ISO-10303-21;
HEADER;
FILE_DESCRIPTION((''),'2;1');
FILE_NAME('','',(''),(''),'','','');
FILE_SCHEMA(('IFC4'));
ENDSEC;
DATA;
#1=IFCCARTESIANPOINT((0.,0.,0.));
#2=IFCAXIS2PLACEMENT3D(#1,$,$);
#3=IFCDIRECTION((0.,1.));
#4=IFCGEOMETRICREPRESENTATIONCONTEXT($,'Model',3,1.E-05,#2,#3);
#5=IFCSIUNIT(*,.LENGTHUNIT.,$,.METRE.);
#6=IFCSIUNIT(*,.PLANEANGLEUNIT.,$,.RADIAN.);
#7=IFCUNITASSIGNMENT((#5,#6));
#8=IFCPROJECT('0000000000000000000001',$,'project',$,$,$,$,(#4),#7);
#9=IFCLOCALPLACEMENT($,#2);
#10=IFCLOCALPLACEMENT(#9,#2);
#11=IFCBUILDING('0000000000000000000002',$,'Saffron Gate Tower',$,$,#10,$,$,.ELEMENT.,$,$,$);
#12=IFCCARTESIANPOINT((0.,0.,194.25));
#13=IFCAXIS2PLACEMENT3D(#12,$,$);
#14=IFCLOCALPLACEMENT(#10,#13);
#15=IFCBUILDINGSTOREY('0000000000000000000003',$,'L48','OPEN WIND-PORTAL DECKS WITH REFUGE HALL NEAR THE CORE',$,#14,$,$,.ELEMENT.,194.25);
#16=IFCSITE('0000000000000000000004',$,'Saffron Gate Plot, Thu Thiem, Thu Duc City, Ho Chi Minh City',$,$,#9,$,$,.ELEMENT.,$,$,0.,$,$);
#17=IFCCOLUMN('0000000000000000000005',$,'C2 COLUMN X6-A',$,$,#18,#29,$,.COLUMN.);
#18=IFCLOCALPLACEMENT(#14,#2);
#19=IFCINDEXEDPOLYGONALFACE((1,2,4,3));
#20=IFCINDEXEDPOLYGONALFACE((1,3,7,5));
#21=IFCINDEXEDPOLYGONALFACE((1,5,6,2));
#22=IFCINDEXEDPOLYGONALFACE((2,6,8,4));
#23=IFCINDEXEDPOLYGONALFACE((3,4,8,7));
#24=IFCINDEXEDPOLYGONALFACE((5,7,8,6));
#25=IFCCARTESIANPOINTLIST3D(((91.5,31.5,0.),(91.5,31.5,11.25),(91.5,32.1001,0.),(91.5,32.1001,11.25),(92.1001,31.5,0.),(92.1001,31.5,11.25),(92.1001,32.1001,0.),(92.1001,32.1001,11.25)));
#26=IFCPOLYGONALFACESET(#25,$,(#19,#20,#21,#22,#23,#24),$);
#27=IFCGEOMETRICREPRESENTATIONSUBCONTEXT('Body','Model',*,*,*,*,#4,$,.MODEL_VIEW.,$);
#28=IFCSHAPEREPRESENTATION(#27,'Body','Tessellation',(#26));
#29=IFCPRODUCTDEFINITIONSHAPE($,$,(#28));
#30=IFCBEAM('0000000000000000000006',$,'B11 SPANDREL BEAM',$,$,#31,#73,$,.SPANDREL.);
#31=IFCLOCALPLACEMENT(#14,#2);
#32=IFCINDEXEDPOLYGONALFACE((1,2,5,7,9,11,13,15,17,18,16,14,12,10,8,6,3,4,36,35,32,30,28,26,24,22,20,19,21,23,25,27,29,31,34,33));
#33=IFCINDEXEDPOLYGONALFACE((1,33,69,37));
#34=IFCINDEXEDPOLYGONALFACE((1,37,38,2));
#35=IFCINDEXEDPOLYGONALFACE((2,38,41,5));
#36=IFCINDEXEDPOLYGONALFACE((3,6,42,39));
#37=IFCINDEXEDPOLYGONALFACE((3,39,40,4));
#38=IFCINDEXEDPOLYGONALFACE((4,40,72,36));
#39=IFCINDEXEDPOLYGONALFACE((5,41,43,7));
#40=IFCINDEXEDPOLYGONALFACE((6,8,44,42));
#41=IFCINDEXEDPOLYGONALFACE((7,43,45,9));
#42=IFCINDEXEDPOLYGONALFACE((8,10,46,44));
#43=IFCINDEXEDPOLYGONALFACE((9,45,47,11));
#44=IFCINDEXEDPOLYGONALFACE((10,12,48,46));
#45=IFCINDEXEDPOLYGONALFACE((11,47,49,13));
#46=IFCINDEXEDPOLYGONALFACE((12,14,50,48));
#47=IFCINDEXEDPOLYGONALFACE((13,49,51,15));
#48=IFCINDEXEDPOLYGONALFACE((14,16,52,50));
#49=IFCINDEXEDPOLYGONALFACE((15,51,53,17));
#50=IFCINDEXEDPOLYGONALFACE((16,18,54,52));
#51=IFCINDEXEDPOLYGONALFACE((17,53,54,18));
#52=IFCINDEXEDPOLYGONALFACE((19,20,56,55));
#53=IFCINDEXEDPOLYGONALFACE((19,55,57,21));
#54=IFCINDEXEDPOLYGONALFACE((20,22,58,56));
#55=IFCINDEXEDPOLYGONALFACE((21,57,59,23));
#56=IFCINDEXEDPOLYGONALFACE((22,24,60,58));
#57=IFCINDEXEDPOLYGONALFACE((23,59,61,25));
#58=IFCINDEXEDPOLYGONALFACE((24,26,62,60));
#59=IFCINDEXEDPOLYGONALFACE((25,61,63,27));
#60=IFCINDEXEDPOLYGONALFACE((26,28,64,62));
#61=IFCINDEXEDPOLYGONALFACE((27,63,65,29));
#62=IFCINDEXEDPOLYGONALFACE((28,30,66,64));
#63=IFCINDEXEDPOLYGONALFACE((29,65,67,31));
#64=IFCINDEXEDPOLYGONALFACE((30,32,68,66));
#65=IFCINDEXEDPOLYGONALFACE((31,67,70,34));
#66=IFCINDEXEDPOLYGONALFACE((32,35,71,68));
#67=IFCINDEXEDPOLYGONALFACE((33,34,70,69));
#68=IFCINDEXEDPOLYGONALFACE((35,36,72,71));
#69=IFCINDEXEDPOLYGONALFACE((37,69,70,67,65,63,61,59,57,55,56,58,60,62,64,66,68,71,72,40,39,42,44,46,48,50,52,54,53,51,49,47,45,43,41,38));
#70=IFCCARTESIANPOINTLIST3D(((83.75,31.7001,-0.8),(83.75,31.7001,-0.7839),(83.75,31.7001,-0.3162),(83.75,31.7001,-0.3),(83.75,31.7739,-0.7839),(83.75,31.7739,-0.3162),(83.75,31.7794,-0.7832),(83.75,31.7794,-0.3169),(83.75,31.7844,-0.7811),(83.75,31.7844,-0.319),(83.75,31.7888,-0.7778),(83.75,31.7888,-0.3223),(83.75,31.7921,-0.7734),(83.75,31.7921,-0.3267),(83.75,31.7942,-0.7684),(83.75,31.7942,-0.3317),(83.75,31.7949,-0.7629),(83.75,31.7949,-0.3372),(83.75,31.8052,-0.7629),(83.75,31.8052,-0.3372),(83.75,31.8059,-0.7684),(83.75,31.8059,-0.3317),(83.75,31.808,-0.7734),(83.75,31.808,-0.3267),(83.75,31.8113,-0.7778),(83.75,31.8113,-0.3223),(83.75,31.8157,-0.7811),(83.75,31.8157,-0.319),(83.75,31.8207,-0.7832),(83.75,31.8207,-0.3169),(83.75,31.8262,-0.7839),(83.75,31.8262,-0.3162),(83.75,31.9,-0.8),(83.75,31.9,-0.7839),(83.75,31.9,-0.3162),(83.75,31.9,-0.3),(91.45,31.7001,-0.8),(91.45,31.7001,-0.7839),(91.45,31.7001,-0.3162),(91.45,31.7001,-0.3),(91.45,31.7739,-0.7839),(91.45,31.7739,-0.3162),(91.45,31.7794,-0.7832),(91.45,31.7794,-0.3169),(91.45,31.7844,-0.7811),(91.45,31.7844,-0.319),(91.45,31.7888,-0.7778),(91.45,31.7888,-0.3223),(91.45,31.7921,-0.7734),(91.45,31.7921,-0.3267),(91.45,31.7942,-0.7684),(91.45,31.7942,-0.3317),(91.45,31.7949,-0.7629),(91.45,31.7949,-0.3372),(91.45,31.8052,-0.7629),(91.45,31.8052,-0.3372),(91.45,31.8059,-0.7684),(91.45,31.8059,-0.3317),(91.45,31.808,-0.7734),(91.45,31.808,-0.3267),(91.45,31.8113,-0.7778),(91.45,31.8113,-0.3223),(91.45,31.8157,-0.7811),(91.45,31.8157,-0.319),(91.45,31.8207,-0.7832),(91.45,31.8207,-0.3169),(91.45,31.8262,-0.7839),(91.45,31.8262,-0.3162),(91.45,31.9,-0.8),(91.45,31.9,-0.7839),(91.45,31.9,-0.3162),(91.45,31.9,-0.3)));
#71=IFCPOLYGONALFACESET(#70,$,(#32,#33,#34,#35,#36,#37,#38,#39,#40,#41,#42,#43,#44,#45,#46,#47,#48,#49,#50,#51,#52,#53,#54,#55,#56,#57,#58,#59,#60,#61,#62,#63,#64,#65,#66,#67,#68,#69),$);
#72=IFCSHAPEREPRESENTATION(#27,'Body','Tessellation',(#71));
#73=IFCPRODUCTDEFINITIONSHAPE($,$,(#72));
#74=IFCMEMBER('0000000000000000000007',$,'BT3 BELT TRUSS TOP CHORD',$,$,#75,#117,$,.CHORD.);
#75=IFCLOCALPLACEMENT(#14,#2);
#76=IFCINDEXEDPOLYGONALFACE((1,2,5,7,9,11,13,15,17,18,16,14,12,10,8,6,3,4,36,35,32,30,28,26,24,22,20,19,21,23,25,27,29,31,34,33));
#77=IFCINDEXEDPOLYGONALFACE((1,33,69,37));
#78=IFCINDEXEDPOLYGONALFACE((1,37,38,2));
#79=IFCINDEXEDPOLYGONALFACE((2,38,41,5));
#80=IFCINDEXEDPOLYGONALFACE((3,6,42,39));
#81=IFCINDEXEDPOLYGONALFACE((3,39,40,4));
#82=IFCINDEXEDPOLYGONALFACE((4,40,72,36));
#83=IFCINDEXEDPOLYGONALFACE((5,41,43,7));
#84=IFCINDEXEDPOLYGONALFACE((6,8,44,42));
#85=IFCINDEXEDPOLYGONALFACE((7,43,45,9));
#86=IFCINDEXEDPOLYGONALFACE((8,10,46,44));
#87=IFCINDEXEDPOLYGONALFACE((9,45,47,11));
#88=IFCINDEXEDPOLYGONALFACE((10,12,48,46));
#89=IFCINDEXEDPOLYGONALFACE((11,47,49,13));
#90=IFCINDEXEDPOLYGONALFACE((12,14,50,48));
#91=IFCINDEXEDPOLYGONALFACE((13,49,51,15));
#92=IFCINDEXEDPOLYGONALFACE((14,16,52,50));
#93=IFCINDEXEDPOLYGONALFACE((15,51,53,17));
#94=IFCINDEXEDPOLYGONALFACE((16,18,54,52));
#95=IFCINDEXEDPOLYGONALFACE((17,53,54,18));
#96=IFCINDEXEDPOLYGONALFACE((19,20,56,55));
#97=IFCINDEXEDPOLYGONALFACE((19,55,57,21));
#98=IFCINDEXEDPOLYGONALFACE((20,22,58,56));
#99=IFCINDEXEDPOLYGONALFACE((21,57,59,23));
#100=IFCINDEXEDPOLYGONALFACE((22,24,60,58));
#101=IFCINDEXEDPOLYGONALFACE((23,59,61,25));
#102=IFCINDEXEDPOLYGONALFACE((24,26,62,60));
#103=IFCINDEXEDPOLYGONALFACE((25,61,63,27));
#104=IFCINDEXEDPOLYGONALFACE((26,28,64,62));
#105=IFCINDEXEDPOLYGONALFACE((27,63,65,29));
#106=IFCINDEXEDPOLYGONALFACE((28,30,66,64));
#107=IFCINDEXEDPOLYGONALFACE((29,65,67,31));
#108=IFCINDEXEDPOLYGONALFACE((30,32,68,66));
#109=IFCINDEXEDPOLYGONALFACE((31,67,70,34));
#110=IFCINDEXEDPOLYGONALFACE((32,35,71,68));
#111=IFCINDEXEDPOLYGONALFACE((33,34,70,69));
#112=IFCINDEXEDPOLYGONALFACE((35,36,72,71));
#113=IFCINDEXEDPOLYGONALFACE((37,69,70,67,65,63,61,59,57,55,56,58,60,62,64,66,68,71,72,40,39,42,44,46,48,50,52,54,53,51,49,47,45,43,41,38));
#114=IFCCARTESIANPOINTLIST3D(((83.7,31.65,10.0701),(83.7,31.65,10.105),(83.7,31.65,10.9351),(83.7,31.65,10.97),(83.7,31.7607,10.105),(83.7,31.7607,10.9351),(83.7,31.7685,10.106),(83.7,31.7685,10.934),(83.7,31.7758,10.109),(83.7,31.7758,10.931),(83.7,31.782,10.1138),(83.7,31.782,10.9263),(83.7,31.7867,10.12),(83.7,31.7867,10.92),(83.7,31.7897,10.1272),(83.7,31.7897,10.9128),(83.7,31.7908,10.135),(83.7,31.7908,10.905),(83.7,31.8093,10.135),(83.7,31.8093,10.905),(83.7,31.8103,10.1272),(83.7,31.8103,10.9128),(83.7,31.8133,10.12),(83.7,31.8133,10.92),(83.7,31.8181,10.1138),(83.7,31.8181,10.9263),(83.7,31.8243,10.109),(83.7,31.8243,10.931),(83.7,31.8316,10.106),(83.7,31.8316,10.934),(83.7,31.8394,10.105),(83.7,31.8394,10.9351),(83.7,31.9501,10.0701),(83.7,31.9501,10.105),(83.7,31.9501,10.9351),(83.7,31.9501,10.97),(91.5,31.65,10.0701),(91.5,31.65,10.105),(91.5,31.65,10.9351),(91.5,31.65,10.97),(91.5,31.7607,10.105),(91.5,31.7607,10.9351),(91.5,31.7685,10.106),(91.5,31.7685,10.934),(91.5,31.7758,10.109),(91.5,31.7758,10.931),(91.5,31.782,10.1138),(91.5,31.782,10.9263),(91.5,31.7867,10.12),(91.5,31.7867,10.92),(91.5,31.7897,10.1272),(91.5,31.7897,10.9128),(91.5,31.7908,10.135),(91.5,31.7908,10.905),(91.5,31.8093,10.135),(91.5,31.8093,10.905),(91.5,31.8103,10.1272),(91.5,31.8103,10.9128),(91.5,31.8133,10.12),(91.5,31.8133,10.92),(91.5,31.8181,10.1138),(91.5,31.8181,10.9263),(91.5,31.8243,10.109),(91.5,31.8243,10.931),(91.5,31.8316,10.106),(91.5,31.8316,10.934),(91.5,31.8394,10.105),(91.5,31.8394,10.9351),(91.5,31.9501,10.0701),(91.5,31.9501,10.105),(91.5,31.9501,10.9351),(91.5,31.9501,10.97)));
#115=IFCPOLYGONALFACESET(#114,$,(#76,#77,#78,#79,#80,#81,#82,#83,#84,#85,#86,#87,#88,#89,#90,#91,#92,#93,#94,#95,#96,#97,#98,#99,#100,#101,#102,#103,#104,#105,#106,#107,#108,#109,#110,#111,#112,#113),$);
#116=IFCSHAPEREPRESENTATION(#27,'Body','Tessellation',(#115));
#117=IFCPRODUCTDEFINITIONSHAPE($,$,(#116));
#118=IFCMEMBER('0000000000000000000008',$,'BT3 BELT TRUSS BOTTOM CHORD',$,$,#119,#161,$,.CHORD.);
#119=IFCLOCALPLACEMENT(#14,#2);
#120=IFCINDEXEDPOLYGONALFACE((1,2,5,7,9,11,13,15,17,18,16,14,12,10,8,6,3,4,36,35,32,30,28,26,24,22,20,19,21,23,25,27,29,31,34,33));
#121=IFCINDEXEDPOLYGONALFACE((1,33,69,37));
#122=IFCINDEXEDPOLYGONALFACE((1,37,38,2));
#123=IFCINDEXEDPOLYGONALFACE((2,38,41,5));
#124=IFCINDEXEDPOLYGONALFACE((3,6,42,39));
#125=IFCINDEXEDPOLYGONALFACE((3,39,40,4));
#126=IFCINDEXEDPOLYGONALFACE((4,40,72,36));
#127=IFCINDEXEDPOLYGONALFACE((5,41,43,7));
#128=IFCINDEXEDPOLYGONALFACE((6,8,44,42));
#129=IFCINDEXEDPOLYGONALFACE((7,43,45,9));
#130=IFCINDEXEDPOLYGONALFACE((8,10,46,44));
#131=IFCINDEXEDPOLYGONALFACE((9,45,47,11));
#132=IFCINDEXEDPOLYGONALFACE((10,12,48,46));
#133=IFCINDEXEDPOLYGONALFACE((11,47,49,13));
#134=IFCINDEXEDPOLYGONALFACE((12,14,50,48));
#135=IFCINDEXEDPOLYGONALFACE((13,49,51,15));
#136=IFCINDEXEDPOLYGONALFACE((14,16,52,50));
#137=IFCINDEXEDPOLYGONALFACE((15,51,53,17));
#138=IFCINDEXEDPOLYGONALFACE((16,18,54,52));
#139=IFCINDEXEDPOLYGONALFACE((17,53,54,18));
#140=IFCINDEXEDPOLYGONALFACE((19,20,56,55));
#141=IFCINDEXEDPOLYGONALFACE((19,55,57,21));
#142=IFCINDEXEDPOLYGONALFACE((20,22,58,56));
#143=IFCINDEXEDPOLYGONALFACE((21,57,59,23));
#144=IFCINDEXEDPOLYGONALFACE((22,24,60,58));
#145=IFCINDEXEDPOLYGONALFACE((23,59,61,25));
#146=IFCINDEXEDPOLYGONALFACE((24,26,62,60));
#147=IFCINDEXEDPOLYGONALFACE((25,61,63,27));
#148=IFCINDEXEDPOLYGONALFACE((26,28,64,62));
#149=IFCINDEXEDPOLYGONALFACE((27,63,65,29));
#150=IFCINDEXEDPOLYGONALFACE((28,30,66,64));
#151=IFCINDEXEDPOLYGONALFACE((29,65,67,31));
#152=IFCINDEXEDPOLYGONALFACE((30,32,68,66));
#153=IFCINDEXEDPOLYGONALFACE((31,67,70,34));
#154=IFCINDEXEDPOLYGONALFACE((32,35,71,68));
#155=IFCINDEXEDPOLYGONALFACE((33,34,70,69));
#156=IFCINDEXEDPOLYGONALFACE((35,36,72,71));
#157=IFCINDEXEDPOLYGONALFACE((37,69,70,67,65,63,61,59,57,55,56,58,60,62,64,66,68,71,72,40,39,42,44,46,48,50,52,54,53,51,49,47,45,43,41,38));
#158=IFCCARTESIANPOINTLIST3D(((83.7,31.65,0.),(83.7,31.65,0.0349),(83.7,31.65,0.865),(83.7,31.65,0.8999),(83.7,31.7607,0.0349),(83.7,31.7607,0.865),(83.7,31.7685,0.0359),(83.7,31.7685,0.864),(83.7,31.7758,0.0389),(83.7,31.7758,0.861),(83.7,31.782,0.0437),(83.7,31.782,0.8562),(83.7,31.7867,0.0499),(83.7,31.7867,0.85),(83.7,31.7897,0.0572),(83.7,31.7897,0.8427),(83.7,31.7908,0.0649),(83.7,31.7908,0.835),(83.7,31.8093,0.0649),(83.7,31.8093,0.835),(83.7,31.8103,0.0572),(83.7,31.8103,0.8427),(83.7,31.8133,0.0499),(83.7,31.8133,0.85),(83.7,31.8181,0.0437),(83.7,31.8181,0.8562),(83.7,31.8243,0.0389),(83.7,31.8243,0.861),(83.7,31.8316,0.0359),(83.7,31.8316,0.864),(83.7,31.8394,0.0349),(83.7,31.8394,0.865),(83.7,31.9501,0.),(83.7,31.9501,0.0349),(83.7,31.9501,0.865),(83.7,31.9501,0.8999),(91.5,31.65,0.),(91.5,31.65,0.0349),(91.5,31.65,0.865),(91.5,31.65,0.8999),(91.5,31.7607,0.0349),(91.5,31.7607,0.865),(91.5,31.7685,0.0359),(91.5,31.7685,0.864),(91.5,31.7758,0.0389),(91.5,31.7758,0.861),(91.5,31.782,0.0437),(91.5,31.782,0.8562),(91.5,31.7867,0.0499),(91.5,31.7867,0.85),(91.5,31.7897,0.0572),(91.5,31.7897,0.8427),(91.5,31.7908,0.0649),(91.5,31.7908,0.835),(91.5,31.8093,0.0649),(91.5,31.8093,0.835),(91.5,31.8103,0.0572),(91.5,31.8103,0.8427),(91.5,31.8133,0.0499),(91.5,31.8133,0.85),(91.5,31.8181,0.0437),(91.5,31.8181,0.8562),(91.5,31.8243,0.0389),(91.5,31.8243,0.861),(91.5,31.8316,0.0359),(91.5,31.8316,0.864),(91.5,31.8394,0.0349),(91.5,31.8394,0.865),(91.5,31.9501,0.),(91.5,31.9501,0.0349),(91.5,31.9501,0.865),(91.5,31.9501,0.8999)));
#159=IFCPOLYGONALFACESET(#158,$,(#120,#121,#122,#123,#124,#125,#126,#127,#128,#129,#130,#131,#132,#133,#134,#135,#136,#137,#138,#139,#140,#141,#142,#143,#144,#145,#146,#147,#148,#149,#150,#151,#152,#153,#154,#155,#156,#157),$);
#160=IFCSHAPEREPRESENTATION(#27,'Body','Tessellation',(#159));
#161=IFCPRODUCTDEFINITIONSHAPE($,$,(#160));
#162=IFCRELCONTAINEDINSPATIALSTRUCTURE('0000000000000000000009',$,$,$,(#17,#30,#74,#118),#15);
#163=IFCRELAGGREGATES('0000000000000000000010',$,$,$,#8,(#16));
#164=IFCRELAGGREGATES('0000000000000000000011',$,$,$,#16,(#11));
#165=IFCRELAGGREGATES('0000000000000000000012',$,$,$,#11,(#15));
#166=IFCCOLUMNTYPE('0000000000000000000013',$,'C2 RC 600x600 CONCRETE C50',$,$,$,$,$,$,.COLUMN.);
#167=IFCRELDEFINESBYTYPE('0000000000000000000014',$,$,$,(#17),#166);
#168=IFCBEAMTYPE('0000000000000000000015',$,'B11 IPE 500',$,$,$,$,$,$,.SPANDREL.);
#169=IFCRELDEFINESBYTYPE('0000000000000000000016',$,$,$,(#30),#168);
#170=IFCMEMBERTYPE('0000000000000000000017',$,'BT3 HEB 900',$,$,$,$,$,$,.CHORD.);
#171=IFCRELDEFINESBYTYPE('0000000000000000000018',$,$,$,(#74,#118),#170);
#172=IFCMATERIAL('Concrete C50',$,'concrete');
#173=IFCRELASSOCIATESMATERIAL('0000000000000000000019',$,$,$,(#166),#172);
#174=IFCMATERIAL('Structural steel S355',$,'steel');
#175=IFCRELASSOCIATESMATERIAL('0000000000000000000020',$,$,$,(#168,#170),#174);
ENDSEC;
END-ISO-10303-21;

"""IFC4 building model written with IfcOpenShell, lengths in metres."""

from ifc_helpers import new_model, si_unit, direction, frame, origin, origin_2d, place, context, subcontext, project, spatial, rectangle, i_section, extrude, material, material_profile, profile_set, type_object, element, save


model = new_model("IFC4")

# Units and contexts
model_context = context("Model", 3, precision=1e-05, world=origin(), true_north=direction((0.0, 1.0)))
body_context = subcontext(model_context, "Body", "Model", "MODEL_VIEW")
ifc_project = project(units=[si_unit("LENGTHUNIT", "METRE"), si_unit("PLANEANGLEUNIT", "RADIAN")], contexts=[model_context])

# Site, building, storey
site_placement = place(None, origin())
site = spatial("IfcSite", under=ifc_project, at=site_placement, Name="Saffron Gate Plot, Thu Thiem, Thu Duc City, Ho Chi Minh City", CompositionType="ELEMENT", RefElevation=0.0)
building_placement = place(site_placement, origin())
building = spatial("IfcBuilding", under=site, at=building_placement, Name="Saffron Gate Tower", CompositionType="ELEMENT")
storey_placement = place(building_placement, frame((0.0, 0.0, 194.25)))
storey = spatial("IfcBuildingStorey", under=building, at=storey_placement, Name="L48", Description="OPEN WIND-PORTAL DECKS WITH REFUGE HALL NEAR THE CORE", CompositionType="ELEMENT", Elevation=194.25)

# Column
ifc_material_1 = material(Name="Concrete C50", Category="concrete")
ifc_material_profile_1 = material_profile(ifc_material_1, rectangle(XDim=0.6001, YDim=0.6001, at=origin_2d()))
ifc_profile_set_1 = profile_set([ifc_material_profile_1], Name="Concrete C50")
column_type = type_object("IfcColumnType", Name="C2 RC 600x600 CONCRETE C50", PredefinedType="COLUMN", material=ifc_profile_set_1)
column_placement = place(storey_placement, frame((91.8, 31.8, 0.0), z_axis=(0.0, 0.0, 1.0), x_axis=(1.0, 0.0, 0.0)))
element("IfcColumn", 1, at=column_placement, inside=storey, type_object=column_type, Name="C2 COLUMN X6-A", PredefinedType="COLUMN", context=body_context, shape_type="SweptSolid", body=[
    extrude(rectangle(XDim=0.6001, YDim=0.6001, at=origin_2d()), origin(), (0.0, 0.0, 1.0), 11.25),
])

# Beam
ifc_material_2 = material(Name="Structural steel S355", Category="steel")
ifc_material_profile_2 = material_profile(ifc_material_2, i_section(OverallWidth=0.2, OverallDepth=0.5, WebThickness=0.0103, FlangeThickness=0.0161, FilletRadius=0.021, at=origin_2d()))
ifc_profile_set_2 = profile_set([ifc_material_profile_2], Name="Structural steel S355")
beam_type_1 = type_object("IfcBeamType", Name="B11 IPE 500", PredefinedType="SPANDREL", material=ifc_profile_set_2)
beam_1_placement = place(storey_placement, frame((83.75, 31.8, -0.55), z_axis=(1.0, 0.0, 0.0), x_axis=(0.0, 1.0, 0.0)))
element("IfcBeam", 2, at=beam_1_placement, inside=storey, type_object=beam_type_1, Name="B11 SPANDREL BEAM", PredefinedType="SPANDREL", context=body_context, shape_type="SweptSolid", body=[
    extrude(i_section(OverallWidth=0.2, OverallDepth=0.5, WebThickness=0.0103, FlangeThickness=0.0161, FilletRadius=0.021, at=origin_2d()), origin(), (0.0, 0.0, 1.0), 7.7),
])

# Members
ifc_material_profile_3 = material_profile(ifc_material_2, i_section(OverallWidth=0.3, OverallDepth=0.8999, WebThickness=0.0186, FlangeThickness=0.0349, FilletRadius=0.03, at=origin_2d()))
ifc_profile_set_3 = profile_set([ifc_material_profile_3], Name="Structural steel S355")
member_type_1 = type_object("IfcMemberType", Name="BT3 HEB 900", PredefinedType="CHORD", material=ifc_profile_set_3)
for number, where, z_axis, x_axis, name in (
    (3, (83.7, 31.8, 10.52), (1.0, 0.0, 0.0), (0.0, 1.0, 0.0), "BT3 BELT TRUSS TOP CHORD"),
    (4, (83.7, 31.8, 0.45), (1.0, 0.0, 0.0), (0.0, 1.0, 0.0), "BT3 BELT TRUSS BOTTOM CHORD"),
):
    element("IfcMember", number, at=place(storey_placement, frame(where, z_axis=z_axis, x_axis=x_axis)), inside=storey, type_object=member_type_1, Name=name, PredefinedType="CHORD", context=body_context, shape_type="SweptSolid", body=[
        extrude(i_section(OverallWidth=0.3, OverallDepth=0.8999, WebThickness=0.0186, FlangeThickness=0.0349, FilletRadius=0.03, at=origin_2d()), origin(), (0.0, 0.0, 1.0), 7.8),
    ])

save(model, "model.ifc")
